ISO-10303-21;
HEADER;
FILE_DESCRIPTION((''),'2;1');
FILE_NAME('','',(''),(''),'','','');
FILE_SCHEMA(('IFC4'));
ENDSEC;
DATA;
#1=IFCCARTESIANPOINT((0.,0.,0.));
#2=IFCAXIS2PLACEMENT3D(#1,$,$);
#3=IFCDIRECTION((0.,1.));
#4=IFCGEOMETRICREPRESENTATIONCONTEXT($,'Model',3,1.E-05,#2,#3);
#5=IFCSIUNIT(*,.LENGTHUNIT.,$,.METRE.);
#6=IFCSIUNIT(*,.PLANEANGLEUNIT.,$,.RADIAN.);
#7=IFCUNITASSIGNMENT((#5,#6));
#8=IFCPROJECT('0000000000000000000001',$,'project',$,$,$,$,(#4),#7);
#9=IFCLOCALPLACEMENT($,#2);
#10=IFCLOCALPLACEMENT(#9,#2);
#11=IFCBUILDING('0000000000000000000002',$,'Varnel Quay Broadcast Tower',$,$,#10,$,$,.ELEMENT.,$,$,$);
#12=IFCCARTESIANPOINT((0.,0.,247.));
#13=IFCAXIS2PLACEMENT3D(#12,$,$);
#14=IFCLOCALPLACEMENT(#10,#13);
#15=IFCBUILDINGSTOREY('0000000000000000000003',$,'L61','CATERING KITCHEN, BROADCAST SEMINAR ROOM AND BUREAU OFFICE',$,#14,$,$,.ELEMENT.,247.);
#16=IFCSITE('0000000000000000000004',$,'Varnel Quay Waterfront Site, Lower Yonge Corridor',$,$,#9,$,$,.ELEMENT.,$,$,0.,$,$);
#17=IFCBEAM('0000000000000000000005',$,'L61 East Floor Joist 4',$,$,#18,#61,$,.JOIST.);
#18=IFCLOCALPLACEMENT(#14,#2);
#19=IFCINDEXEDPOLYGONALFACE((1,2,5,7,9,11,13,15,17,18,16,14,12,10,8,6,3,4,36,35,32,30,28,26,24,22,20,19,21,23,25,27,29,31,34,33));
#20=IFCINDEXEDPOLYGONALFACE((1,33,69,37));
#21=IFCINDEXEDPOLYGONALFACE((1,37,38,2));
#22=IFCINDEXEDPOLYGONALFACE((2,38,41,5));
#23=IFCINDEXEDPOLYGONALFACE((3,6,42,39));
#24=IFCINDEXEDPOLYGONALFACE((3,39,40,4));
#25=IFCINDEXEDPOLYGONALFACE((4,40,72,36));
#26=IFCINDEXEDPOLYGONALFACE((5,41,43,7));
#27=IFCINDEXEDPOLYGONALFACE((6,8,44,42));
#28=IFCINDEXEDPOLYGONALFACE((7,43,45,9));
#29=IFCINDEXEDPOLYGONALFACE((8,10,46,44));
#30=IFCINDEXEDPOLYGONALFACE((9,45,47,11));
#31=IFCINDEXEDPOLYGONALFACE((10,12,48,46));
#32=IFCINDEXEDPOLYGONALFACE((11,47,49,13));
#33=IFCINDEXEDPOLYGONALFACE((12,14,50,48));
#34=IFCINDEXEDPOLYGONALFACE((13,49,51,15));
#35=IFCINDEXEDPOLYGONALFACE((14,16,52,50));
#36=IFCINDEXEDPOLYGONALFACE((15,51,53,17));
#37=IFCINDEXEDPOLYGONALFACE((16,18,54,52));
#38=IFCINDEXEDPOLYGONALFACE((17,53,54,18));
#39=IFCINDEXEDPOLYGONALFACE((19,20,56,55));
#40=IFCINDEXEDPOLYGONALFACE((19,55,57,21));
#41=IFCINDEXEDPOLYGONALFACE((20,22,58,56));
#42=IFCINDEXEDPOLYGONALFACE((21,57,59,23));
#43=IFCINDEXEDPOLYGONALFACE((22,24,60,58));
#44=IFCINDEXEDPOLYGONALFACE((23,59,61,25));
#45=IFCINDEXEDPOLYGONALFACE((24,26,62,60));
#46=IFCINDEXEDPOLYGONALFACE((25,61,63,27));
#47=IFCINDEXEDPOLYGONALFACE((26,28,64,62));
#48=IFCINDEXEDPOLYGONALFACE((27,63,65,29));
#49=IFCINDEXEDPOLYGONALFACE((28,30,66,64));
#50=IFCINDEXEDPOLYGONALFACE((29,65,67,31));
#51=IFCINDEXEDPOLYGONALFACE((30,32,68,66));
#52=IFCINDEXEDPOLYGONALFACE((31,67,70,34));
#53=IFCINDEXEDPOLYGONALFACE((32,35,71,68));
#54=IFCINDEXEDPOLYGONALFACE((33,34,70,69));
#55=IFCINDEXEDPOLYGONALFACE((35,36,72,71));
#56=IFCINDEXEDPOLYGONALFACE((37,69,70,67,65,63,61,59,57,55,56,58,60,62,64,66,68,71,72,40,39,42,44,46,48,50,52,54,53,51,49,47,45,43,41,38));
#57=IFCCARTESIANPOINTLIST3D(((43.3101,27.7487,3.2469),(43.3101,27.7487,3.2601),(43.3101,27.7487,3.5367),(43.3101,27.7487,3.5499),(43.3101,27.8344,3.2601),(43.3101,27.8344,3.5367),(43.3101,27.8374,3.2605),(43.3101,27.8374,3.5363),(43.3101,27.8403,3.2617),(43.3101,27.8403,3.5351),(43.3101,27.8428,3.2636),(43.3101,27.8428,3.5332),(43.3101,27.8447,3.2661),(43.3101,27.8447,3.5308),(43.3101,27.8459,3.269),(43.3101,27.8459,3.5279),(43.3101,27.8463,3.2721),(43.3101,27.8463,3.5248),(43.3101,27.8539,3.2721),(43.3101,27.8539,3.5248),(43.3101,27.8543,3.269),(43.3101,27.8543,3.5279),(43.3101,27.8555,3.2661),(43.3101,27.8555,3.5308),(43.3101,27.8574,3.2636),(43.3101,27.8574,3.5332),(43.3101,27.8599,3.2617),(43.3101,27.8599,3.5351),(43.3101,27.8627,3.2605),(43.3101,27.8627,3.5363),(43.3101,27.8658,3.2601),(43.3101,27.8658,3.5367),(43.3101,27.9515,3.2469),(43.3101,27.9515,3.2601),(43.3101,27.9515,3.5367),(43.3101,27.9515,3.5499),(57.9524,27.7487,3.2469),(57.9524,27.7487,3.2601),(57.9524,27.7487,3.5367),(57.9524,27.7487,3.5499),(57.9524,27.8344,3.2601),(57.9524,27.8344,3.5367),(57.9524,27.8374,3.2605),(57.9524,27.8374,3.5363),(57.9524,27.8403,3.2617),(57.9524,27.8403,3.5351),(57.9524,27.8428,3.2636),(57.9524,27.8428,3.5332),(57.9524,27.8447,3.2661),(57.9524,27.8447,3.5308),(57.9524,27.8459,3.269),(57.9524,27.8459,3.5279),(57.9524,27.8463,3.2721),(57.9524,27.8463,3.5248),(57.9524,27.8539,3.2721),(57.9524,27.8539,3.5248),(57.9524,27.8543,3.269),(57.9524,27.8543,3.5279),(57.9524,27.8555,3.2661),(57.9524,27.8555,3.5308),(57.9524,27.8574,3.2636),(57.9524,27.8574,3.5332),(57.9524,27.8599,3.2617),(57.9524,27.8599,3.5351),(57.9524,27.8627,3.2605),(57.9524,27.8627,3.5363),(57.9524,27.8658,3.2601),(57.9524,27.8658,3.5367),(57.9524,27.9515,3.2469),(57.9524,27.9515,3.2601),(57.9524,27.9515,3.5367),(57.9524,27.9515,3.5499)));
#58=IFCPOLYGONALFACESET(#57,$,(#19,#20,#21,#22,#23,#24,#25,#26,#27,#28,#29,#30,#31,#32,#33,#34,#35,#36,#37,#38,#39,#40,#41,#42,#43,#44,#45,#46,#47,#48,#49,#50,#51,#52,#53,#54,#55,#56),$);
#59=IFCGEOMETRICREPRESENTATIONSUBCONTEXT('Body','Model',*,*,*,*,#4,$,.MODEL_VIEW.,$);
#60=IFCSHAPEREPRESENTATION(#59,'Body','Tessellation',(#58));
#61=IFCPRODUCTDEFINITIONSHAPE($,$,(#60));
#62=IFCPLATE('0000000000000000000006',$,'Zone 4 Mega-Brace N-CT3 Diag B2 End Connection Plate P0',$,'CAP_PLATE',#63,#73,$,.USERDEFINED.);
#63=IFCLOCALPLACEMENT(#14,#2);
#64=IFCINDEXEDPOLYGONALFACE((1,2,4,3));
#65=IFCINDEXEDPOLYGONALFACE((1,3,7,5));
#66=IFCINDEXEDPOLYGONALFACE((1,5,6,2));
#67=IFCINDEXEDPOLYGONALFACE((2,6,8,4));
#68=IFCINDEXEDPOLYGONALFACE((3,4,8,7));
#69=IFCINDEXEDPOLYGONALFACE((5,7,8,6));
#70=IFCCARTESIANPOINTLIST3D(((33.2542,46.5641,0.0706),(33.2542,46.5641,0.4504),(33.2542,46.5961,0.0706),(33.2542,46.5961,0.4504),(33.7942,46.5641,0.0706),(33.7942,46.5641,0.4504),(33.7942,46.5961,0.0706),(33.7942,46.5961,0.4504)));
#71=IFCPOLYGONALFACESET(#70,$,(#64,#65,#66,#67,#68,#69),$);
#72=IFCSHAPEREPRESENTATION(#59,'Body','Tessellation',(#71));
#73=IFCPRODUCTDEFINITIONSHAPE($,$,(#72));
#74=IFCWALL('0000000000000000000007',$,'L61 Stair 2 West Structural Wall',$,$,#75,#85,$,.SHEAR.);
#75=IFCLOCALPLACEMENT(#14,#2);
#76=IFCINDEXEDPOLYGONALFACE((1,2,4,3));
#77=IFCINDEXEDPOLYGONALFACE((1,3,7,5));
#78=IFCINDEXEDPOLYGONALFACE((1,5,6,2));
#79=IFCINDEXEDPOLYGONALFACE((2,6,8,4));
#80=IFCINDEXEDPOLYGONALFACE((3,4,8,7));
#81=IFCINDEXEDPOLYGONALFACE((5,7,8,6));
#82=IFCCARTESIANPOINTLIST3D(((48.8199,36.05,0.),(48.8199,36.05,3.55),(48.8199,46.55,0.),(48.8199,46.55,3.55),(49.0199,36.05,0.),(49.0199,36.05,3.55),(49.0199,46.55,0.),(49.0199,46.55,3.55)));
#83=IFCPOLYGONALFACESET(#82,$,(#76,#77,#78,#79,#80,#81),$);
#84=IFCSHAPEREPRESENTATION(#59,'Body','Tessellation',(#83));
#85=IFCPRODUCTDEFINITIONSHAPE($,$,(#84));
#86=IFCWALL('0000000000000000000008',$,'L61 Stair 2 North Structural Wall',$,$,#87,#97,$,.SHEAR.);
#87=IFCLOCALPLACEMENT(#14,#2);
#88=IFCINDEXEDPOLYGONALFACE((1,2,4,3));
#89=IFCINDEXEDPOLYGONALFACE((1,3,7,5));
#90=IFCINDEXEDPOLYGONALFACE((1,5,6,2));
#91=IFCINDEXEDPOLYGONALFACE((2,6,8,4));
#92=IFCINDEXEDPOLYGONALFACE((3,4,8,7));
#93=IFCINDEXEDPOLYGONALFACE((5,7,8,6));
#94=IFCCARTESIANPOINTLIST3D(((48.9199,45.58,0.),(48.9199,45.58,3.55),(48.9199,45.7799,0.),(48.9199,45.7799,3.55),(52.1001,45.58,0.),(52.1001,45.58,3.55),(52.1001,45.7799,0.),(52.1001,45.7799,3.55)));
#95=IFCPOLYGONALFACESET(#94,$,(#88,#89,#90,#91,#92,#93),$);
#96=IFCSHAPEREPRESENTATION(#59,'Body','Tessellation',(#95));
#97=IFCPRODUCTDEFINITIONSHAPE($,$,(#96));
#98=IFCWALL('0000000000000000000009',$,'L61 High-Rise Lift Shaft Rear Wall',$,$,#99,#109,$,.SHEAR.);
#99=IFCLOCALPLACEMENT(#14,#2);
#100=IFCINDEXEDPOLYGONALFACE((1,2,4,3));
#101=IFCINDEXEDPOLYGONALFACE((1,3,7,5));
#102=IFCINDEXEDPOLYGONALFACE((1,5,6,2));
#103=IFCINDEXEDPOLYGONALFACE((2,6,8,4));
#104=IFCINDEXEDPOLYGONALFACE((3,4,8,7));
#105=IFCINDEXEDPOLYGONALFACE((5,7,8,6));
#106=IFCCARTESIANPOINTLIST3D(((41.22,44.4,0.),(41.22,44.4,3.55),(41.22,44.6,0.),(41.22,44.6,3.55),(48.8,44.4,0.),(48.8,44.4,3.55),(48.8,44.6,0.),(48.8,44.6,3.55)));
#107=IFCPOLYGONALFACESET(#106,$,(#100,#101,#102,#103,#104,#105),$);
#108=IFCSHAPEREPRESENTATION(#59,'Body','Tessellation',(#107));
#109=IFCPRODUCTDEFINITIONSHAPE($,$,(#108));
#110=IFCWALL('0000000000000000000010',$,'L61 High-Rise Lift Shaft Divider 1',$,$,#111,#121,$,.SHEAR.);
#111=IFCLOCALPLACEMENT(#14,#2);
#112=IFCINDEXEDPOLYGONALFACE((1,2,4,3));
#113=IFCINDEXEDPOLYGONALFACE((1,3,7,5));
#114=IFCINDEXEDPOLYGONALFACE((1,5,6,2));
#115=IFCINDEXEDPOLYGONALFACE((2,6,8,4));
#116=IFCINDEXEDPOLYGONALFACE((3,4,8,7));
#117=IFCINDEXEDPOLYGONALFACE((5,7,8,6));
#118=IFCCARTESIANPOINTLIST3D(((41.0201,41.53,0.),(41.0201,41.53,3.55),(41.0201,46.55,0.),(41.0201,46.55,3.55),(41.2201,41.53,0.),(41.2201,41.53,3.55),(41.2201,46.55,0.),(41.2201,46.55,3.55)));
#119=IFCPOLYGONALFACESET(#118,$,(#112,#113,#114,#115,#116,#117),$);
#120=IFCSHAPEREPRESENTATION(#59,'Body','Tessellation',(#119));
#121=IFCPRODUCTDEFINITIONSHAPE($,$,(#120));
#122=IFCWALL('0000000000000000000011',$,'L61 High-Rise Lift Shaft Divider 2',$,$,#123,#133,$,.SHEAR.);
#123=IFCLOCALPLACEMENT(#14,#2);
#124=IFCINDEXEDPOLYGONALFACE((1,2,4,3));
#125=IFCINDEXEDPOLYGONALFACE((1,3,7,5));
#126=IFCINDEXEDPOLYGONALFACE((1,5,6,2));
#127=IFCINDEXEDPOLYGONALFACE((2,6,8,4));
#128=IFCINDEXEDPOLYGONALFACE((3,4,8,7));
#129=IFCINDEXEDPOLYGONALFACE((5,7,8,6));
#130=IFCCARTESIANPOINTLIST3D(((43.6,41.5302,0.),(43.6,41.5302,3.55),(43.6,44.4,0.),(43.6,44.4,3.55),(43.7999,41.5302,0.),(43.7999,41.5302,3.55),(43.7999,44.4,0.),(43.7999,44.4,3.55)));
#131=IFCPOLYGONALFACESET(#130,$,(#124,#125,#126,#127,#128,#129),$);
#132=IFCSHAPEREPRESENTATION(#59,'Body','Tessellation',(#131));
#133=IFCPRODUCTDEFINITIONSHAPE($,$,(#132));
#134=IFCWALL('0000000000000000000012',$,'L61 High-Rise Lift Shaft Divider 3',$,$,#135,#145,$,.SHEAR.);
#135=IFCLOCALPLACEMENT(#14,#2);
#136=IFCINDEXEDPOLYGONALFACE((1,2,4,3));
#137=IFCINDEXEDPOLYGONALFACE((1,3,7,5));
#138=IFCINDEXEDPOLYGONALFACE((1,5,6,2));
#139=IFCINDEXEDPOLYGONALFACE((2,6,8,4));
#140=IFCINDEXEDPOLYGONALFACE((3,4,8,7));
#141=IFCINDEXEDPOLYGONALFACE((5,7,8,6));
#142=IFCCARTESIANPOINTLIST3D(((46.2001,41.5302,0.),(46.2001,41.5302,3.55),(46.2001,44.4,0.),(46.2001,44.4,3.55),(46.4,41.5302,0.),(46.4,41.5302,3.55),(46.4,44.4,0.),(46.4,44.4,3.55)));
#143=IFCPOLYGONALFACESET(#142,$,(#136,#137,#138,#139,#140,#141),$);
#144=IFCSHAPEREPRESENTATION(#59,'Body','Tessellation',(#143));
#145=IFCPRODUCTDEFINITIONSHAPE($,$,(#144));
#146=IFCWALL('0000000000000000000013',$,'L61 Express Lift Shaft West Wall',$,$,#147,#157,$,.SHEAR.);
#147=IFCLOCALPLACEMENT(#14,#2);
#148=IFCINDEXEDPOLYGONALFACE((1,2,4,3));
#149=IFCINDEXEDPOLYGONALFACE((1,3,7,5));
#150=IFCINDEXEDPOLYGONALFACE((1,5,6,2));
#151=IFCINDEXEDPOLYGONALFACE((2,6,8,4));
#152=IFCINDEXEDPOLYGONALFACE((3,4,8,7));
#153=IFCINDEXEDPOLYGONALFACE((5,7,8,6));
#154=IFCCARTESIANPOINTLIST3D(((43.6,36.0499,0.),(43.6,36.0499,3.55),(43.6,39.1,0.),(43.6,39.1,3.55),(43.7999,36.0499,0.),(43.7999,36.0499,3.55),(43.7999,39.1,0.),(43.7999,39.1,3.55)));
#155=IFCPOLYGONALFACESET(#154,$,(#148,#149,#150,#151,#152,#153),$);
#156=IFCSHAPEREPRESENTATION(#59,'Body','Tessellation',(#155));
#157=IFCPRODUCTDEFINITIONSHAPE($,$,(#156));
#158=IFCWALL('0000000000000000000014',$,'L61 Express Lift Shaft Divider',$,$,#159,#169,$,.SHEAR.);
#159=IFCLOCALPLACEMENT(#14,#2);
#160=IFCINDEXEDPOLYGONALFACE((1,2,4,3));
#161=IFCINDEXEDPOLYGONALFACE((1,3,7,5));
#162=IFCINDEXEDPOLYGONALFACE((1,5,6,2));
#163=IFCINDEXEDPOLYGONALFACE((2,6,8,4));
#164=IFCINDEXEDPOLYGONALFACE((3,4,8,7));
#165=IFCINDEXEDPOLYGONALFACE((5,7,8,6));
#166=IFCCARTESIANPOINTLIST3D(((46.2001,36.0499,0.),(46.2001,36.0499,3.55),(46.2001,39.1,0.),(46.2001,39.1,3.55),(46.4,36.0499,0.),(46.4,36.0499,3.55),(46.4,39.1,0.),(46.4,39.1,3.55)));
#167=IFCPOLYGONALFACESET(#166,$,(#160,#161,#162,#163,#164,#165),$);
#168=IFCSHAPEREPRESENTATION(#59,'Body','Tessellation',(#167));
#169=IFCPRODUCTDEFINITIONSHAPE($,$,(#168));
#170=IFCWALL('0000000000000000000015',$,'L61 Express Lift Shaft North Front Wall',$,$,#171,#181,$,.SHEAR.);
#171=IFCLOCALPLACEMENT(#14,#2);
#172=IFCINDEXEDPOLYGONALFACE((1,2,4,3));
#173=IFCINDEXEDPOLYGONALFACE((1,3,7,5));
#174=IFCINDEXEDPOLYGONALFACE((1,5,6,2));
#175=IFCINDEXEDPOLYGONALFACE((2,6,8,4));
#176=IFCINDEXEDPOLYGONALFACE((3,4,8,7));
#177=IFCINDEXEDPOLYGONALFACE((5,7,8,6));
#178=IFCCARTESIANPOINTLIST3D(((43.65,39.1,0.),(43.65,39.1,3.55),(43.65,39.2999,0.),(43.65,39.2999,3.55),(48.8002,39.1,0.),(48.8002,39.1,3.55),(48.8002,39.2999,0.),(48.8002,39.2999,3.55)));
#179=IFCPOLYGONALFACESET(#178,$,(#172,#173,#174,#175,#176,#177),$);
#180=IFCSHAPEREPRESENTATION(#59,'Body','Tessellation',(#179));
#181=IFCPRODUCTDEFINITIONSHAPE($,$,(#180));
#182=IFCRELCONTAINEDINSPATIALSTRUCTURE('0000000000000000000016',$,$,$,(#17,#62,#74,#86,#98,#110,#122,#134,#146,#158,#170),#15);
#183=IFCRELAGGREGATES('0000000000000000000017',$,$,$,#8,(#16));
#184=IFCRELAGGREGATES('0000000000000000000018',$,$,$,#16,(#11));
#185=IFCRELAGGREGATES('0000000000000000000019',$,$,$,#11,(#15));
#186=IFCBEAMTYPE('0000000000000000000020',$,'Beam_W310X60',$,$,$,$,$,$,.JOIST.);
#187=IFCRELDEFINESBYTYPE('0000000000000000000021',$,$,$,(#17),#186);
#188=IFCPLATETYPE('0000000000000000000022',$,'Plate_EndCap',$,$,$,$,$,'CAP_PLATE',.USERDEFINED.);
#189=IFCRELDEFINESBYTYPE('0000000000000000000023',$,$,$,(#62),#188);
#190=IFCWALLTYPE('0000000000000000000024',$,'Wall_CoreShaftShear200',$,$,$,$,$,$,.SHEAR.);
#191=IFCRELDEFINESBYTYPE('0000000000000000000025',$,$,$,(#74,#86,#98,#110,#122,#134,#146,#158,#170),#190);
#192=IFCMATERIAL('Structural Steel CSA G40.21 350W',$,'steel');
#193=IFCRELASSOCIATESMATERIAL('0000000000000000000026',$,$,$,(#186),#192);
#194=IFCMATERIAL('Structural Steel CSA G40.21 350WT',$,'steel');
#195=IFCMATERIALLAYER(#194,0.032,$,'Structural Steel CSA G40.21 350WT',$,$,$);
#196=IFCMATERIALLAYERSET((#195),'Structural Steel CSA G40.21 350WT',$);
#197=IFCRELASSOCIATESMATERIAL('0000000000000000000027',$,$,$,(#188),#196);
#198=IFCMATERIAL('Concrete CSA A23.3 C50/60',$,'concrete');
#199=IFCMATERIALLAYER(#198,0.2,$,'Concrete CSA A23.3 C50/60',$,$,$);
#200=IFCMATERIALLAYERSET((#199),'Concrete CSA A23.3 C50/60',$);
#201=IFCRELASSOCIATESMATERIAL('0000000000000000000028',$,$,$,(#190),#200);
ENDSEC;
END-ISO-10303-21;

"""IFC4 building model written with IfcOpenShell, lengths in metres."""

from ifc_helpers import new_model, si_unit, direction, frame, frame_2d, origin, origin_2d, place, context, subcontext, project, spatial, rectangle, i_section, extrude, source, transform, mapped, material, layer, layer_set, material_profile, profile_set, type_object, type_shapes, element, save


model = new_model("IFC4")

# Units and contexts
model_context = context("Model", 3, precision=1e-05, world=origin(), true_north=direction((0.0, 1.0)))
body_context = subcontext(model_context, "Body", "Model", "MODEL_VIEW")
ifc_project = project(units=[si_unit("LENGTHUNIT", "METRE"), si_unit("PLANEANGLEUNIT", "RADIAN")], contexts=[model_context])

# Site, building, storey
site_placement = place(None, origin())
site = spatial("IfcSite", under=ifc_project, at=site_placement, Name="Varnel Quay Waterfront Site, Lower Yonge Corridor", CompositionType="ELEMENT", RefElevation=0.0)
building_placement = place(site_placement, origin())
building = spatial("IfcBuilding", under=site, at=building_placement, Name="Varnel Quay Broadcast Tower", CompositionType="ELEMENT")
storey_placement = place(building_placement, frame((0.0, 0.0, 247.0)))
storey = spatial("IfcBuildingStorey", under=building, at=storey_placement, Name="L61", Description="CATERING KITCHEN, BROADCAST SEMINAR ROOM AND BUREAU OFFICE", CompositionType="ELEMENT", Elevation=247.0)

# Shared definitions
ifc_material_1 = material(Name="Structural Steel CSA G40.21 350WT", Category="steel")

# Beam
ifc_material_2 = material(Name="Concrete CSA A23.3 C50/60", Category="concrete")
ifc_material_3 = material(Name="Structural Steel CSA G40.21 350W", Category="steel")
ifc_material_profile_1 = material_profile(ifc_material_3, i_section(OverallWidth=0.2029, OverallDepth=0.303, WebThickness=0.0076, FlangeThickness=0.0132, FilletRadius=0.012, at=origin_2d()), Name="W310X60")
ifc_profile_set_1 = profile_set([ifc_material_profile_1], Name="Structural Steel CSA G40.21 350W")
beam_type_1 = type_object("IfcBeamType", Name="Beam_W310X60", PredefinedType="JOIST", material=ifc_profile_set_1)
shared_shape_1 = source(origin(), body_context, "Body", "SweptSolid", [
    extrude(i_section(OverallWidth=0.2029, OverallDepth=0.303, WebThickness=0.0076, FlangeThickness=0.0132, FilletRadius=0.012, at=origin_2d()), origin(), (0.0, 0.0, 1.0), 14.6423),
])
type_shapes(beam_type_1, [shared_shape_1])
beam_1_placement = place(storey_placement, frame((43.3101, 27.8501, 3.3984), z_axis=(1.0, 0.0, 0.0), x_axis=(0.0, 1.0, 0.0)))
element("IfcBeam", 1, at=beam_1_placement, inside=storey, type_object=beam_type_1, Name="L61 East Floor Joist 4", PredefinedType="JOIST", context=body_context, shape_type="MappedRepresentation", body=[
    mapped(shared_shape_1, transform((0.0, 0.0, 0.0), x_axis=(1.0, 0.0, 0.0), y_axis=(0.0, 1.0, 0.0), z_axis=(0.0, 0.0, 1.0), scale=1.0)),
])

# Plate
ifc_layer_1 = layer(ifc_material_1, 0.032, Name="Structural Steel CSA G40.21 350WT")
ifc_layer_set_1 = layer_set([ifc_layer_1], Name="Structural Steel CSA G40.21 350WT")
plate_type = type_object("IfcPlateType", Name="Plate_EndCap", ElementType="CAP_PLATE", PredefinedType="USERDEFINED", material=ifc_layer_set_1)
shared_shape_2 = source(origin(), body_context, "Body", "SweptSolid", [
    extrude(rectangle(XDim=0.54, YDim=0.032, at=origin_2d()), origin(), (0.0, 0.0, 1.0), 0.3799),
])
type_shapes(plate_type, [shared_shape_2])
plate_placement = place(storey_placement, frame((33.5242, 46.5801, 0.0706), z_axis=(0.0, 0.0, 1.0), x_axis=(1.0, 0.0, 0.0)))
element("IfcPlate", 2, at=plate_placement, inside=storey, type_object=plate_type, Name="Zone 4 Mega-Brace N-CT3 Diag B2 End Connection Plate P0", ObjectType="CAP_PLATE", PredefinedType="USERDEFINED", context=body_context, shape_type="MappedRepresentation", body=[
    mapped(shared_shape_2, transform((0.0, 0.0, 0.0), x_axis=(1.0, 0.0, 0.0), y_axis=(0.0, 1.0, 0.0), z_axis=(0.0, 0.0, 1.0), scale=1.0)),
])

# Walls
ifc_layer_2 = layer(ifc_material_2, 0.2, Name="Concrete CSA A23.3 C50/60")
ifc_layer_set_2 = layer_set([ifc_layer_2], Name="Concrete CSA A23.3 C50/60")
wall_type_1 = type_object("IfcWallType", Name="Wall_CoreShaftShear200", PredefinedType="SHEAR", material=ifc_layer_set_2)
wall_1_placement = place(storey_placement, frame((48.9199, 36.05, 0.0), z_axis=(0.0, 0.0, 1.0), x_axis=(0.0, 1.0, 0.0)))
element("IfcWall", 3, at=wall_1_placement, inside=storey, type_object=wall_type_1, Name="L61 Stair 2 West Structural Wall", PredefinedType="SHEAR", context=body_context, shape_type="SweptSolid", body=[
    extrude(rectangle(XDim=10.5, YDim=0.2, at=frame_2d((5.25, 0.0))), origin(), (0.0, 0.0, 1.0), 3.55),
])
wall_2_placement = place(storey_placement, frame((48.9199, 45.6799, 0.0), z_axis=(0.0, 0.0, 1.0), x_axis=(1.0, 0.0, 0.0)))
element("IfcWall", 4, at=wall_2_placement, inside=storey, type_object=wall_type_1, Name="L61 Stair 2 North Structural Wall", PredefinedType="SHEAR", context=body_context, shape_type="SweptSolid", body=[
    extrude(rectangle(XDim=3.1802, YDim=0.2, at=frame_2d((1.5901, 0.0))), origin(), (0.0, 0.0, 1.0), 3.55),
])
wall_3_placement = place(storey_placement, frame((41.22, 44.5, 0.0), z_axis=(0.0, 0.0, 1.0), x_axis=(1.0, 0.0, 0.0)))
element("IfcWall", 5, at=wall_3_placement, inside=storey, type_object=wall_type_1, Name="L61 High-Rise Lift Shaft Rear Wall", PredefinedType="SHEAR", context=body_context, shape_type="SweptSolid", body=[
    extrude(rectangle(XDim=7.5801, YDim=0.2, at=frame_2d((3.79, 0.0))), origin(), (0.0, 0.0, 1.0), 3.55),
])
wall_4_placement = place(storey_placement, frame((41.1201, 41.53, 0.0), z_axis=(0.0, 0.0, 1.0), x_axis=(0.0, 1.0, 0.0)))
element("IfcWall", 6, at=wall_4_placement, inside=storey, type_object=wall_type_1, Name="L61 High-Rise Lift Shaft Divider 1", PredefinedType="SHEAR", context=body_context, shape_type="SweptSolid", body=[
    extrude(rectangle(XDim=5.02, YDim=0.2, at=frame_2d((2.51, 0.0))), origin(), (0.0, 0.0, 1.0), 3.55),
])
for number, where, z_axis, x_axis, name in (
    (7, (43.7, 41.53, 0.0), (0.0, 0.0, 1.0), (0.0, 1.0, 0.0), "L61 High-Rise Lift Shaft Divider 2"),
    (8, (46.3, 41.53, 0.0), (0.0, 0.0, 1.0), (0.0, 1.0, 0.0), "L61 High-Rise Lift Shaft Divider 3"),
):
    element("IfcWall", number, at=place(storey_placement, frame(where, z_axis=z_axis, x_axis=x_axis)), inside=storey, type_object=wall_type_1, Name=name, PredefinedType="SHEAR", context=body_context, shape_type="SweptSolid", body=[
        extrude(rectangle(XDim=2.8699, YDim=0.2, at=frame_2d((1.4351, 0.0))), origin(), (0.0, 0.0, 1.0), 3.55),
    ])
for number, where, z_axis, x_axis, name in (
    (9, (43.7, 36.05, 0.0), (0.0, 0.0, 1.0), (0.0, 1.0, 0.0), "L61 Express Lift Shaft West Wall"),
    (10, (46.3, 36.05, 0.0), (0.0, 0.0, 1.0), (0.0, 1.0, 0.0), "L61 Express Lift Shaft Divider"),
):
    element("IfcWall", number, at=place(storey_placement, frame(where, z_axis=z_axis, x_axis=x_axis)), inside=storey, type_object=wall_type_1, Name=name, PredefinedType="SHEAR", context=body_context, shape_type="SweptSolid", body=[
        extrude(rectangle(XDim=3.05, YDim=0.2, at=frame_2d((1.5249, 0.0))), origin(), (0.0, 0.0, 1.0), 3.55),
    ])
wall_5_placement = place(storey_placement, frame((43.6499, 39.2, 0.0), z_axis=(0.0, 0.0, 1.0), x_axis=(1.0, 0.0, 0.0)))
element("IfcWall", 11, at=wall_5_placement, inside=storey, type_object=wall_type_1, Name="L61 Express Lift Shaft North Front Wall", PredefinedType="SHEAR", context=body_context, shape_type="SweptSolid", body=[
    extrude(rectangle(XDim=5.1501, YDim=0.2, at=frame_2d((2.5752, 0.0))), origin(), (0.0, 0.0, 1.0), 3.55),
])

save(model, "model.ifc")
